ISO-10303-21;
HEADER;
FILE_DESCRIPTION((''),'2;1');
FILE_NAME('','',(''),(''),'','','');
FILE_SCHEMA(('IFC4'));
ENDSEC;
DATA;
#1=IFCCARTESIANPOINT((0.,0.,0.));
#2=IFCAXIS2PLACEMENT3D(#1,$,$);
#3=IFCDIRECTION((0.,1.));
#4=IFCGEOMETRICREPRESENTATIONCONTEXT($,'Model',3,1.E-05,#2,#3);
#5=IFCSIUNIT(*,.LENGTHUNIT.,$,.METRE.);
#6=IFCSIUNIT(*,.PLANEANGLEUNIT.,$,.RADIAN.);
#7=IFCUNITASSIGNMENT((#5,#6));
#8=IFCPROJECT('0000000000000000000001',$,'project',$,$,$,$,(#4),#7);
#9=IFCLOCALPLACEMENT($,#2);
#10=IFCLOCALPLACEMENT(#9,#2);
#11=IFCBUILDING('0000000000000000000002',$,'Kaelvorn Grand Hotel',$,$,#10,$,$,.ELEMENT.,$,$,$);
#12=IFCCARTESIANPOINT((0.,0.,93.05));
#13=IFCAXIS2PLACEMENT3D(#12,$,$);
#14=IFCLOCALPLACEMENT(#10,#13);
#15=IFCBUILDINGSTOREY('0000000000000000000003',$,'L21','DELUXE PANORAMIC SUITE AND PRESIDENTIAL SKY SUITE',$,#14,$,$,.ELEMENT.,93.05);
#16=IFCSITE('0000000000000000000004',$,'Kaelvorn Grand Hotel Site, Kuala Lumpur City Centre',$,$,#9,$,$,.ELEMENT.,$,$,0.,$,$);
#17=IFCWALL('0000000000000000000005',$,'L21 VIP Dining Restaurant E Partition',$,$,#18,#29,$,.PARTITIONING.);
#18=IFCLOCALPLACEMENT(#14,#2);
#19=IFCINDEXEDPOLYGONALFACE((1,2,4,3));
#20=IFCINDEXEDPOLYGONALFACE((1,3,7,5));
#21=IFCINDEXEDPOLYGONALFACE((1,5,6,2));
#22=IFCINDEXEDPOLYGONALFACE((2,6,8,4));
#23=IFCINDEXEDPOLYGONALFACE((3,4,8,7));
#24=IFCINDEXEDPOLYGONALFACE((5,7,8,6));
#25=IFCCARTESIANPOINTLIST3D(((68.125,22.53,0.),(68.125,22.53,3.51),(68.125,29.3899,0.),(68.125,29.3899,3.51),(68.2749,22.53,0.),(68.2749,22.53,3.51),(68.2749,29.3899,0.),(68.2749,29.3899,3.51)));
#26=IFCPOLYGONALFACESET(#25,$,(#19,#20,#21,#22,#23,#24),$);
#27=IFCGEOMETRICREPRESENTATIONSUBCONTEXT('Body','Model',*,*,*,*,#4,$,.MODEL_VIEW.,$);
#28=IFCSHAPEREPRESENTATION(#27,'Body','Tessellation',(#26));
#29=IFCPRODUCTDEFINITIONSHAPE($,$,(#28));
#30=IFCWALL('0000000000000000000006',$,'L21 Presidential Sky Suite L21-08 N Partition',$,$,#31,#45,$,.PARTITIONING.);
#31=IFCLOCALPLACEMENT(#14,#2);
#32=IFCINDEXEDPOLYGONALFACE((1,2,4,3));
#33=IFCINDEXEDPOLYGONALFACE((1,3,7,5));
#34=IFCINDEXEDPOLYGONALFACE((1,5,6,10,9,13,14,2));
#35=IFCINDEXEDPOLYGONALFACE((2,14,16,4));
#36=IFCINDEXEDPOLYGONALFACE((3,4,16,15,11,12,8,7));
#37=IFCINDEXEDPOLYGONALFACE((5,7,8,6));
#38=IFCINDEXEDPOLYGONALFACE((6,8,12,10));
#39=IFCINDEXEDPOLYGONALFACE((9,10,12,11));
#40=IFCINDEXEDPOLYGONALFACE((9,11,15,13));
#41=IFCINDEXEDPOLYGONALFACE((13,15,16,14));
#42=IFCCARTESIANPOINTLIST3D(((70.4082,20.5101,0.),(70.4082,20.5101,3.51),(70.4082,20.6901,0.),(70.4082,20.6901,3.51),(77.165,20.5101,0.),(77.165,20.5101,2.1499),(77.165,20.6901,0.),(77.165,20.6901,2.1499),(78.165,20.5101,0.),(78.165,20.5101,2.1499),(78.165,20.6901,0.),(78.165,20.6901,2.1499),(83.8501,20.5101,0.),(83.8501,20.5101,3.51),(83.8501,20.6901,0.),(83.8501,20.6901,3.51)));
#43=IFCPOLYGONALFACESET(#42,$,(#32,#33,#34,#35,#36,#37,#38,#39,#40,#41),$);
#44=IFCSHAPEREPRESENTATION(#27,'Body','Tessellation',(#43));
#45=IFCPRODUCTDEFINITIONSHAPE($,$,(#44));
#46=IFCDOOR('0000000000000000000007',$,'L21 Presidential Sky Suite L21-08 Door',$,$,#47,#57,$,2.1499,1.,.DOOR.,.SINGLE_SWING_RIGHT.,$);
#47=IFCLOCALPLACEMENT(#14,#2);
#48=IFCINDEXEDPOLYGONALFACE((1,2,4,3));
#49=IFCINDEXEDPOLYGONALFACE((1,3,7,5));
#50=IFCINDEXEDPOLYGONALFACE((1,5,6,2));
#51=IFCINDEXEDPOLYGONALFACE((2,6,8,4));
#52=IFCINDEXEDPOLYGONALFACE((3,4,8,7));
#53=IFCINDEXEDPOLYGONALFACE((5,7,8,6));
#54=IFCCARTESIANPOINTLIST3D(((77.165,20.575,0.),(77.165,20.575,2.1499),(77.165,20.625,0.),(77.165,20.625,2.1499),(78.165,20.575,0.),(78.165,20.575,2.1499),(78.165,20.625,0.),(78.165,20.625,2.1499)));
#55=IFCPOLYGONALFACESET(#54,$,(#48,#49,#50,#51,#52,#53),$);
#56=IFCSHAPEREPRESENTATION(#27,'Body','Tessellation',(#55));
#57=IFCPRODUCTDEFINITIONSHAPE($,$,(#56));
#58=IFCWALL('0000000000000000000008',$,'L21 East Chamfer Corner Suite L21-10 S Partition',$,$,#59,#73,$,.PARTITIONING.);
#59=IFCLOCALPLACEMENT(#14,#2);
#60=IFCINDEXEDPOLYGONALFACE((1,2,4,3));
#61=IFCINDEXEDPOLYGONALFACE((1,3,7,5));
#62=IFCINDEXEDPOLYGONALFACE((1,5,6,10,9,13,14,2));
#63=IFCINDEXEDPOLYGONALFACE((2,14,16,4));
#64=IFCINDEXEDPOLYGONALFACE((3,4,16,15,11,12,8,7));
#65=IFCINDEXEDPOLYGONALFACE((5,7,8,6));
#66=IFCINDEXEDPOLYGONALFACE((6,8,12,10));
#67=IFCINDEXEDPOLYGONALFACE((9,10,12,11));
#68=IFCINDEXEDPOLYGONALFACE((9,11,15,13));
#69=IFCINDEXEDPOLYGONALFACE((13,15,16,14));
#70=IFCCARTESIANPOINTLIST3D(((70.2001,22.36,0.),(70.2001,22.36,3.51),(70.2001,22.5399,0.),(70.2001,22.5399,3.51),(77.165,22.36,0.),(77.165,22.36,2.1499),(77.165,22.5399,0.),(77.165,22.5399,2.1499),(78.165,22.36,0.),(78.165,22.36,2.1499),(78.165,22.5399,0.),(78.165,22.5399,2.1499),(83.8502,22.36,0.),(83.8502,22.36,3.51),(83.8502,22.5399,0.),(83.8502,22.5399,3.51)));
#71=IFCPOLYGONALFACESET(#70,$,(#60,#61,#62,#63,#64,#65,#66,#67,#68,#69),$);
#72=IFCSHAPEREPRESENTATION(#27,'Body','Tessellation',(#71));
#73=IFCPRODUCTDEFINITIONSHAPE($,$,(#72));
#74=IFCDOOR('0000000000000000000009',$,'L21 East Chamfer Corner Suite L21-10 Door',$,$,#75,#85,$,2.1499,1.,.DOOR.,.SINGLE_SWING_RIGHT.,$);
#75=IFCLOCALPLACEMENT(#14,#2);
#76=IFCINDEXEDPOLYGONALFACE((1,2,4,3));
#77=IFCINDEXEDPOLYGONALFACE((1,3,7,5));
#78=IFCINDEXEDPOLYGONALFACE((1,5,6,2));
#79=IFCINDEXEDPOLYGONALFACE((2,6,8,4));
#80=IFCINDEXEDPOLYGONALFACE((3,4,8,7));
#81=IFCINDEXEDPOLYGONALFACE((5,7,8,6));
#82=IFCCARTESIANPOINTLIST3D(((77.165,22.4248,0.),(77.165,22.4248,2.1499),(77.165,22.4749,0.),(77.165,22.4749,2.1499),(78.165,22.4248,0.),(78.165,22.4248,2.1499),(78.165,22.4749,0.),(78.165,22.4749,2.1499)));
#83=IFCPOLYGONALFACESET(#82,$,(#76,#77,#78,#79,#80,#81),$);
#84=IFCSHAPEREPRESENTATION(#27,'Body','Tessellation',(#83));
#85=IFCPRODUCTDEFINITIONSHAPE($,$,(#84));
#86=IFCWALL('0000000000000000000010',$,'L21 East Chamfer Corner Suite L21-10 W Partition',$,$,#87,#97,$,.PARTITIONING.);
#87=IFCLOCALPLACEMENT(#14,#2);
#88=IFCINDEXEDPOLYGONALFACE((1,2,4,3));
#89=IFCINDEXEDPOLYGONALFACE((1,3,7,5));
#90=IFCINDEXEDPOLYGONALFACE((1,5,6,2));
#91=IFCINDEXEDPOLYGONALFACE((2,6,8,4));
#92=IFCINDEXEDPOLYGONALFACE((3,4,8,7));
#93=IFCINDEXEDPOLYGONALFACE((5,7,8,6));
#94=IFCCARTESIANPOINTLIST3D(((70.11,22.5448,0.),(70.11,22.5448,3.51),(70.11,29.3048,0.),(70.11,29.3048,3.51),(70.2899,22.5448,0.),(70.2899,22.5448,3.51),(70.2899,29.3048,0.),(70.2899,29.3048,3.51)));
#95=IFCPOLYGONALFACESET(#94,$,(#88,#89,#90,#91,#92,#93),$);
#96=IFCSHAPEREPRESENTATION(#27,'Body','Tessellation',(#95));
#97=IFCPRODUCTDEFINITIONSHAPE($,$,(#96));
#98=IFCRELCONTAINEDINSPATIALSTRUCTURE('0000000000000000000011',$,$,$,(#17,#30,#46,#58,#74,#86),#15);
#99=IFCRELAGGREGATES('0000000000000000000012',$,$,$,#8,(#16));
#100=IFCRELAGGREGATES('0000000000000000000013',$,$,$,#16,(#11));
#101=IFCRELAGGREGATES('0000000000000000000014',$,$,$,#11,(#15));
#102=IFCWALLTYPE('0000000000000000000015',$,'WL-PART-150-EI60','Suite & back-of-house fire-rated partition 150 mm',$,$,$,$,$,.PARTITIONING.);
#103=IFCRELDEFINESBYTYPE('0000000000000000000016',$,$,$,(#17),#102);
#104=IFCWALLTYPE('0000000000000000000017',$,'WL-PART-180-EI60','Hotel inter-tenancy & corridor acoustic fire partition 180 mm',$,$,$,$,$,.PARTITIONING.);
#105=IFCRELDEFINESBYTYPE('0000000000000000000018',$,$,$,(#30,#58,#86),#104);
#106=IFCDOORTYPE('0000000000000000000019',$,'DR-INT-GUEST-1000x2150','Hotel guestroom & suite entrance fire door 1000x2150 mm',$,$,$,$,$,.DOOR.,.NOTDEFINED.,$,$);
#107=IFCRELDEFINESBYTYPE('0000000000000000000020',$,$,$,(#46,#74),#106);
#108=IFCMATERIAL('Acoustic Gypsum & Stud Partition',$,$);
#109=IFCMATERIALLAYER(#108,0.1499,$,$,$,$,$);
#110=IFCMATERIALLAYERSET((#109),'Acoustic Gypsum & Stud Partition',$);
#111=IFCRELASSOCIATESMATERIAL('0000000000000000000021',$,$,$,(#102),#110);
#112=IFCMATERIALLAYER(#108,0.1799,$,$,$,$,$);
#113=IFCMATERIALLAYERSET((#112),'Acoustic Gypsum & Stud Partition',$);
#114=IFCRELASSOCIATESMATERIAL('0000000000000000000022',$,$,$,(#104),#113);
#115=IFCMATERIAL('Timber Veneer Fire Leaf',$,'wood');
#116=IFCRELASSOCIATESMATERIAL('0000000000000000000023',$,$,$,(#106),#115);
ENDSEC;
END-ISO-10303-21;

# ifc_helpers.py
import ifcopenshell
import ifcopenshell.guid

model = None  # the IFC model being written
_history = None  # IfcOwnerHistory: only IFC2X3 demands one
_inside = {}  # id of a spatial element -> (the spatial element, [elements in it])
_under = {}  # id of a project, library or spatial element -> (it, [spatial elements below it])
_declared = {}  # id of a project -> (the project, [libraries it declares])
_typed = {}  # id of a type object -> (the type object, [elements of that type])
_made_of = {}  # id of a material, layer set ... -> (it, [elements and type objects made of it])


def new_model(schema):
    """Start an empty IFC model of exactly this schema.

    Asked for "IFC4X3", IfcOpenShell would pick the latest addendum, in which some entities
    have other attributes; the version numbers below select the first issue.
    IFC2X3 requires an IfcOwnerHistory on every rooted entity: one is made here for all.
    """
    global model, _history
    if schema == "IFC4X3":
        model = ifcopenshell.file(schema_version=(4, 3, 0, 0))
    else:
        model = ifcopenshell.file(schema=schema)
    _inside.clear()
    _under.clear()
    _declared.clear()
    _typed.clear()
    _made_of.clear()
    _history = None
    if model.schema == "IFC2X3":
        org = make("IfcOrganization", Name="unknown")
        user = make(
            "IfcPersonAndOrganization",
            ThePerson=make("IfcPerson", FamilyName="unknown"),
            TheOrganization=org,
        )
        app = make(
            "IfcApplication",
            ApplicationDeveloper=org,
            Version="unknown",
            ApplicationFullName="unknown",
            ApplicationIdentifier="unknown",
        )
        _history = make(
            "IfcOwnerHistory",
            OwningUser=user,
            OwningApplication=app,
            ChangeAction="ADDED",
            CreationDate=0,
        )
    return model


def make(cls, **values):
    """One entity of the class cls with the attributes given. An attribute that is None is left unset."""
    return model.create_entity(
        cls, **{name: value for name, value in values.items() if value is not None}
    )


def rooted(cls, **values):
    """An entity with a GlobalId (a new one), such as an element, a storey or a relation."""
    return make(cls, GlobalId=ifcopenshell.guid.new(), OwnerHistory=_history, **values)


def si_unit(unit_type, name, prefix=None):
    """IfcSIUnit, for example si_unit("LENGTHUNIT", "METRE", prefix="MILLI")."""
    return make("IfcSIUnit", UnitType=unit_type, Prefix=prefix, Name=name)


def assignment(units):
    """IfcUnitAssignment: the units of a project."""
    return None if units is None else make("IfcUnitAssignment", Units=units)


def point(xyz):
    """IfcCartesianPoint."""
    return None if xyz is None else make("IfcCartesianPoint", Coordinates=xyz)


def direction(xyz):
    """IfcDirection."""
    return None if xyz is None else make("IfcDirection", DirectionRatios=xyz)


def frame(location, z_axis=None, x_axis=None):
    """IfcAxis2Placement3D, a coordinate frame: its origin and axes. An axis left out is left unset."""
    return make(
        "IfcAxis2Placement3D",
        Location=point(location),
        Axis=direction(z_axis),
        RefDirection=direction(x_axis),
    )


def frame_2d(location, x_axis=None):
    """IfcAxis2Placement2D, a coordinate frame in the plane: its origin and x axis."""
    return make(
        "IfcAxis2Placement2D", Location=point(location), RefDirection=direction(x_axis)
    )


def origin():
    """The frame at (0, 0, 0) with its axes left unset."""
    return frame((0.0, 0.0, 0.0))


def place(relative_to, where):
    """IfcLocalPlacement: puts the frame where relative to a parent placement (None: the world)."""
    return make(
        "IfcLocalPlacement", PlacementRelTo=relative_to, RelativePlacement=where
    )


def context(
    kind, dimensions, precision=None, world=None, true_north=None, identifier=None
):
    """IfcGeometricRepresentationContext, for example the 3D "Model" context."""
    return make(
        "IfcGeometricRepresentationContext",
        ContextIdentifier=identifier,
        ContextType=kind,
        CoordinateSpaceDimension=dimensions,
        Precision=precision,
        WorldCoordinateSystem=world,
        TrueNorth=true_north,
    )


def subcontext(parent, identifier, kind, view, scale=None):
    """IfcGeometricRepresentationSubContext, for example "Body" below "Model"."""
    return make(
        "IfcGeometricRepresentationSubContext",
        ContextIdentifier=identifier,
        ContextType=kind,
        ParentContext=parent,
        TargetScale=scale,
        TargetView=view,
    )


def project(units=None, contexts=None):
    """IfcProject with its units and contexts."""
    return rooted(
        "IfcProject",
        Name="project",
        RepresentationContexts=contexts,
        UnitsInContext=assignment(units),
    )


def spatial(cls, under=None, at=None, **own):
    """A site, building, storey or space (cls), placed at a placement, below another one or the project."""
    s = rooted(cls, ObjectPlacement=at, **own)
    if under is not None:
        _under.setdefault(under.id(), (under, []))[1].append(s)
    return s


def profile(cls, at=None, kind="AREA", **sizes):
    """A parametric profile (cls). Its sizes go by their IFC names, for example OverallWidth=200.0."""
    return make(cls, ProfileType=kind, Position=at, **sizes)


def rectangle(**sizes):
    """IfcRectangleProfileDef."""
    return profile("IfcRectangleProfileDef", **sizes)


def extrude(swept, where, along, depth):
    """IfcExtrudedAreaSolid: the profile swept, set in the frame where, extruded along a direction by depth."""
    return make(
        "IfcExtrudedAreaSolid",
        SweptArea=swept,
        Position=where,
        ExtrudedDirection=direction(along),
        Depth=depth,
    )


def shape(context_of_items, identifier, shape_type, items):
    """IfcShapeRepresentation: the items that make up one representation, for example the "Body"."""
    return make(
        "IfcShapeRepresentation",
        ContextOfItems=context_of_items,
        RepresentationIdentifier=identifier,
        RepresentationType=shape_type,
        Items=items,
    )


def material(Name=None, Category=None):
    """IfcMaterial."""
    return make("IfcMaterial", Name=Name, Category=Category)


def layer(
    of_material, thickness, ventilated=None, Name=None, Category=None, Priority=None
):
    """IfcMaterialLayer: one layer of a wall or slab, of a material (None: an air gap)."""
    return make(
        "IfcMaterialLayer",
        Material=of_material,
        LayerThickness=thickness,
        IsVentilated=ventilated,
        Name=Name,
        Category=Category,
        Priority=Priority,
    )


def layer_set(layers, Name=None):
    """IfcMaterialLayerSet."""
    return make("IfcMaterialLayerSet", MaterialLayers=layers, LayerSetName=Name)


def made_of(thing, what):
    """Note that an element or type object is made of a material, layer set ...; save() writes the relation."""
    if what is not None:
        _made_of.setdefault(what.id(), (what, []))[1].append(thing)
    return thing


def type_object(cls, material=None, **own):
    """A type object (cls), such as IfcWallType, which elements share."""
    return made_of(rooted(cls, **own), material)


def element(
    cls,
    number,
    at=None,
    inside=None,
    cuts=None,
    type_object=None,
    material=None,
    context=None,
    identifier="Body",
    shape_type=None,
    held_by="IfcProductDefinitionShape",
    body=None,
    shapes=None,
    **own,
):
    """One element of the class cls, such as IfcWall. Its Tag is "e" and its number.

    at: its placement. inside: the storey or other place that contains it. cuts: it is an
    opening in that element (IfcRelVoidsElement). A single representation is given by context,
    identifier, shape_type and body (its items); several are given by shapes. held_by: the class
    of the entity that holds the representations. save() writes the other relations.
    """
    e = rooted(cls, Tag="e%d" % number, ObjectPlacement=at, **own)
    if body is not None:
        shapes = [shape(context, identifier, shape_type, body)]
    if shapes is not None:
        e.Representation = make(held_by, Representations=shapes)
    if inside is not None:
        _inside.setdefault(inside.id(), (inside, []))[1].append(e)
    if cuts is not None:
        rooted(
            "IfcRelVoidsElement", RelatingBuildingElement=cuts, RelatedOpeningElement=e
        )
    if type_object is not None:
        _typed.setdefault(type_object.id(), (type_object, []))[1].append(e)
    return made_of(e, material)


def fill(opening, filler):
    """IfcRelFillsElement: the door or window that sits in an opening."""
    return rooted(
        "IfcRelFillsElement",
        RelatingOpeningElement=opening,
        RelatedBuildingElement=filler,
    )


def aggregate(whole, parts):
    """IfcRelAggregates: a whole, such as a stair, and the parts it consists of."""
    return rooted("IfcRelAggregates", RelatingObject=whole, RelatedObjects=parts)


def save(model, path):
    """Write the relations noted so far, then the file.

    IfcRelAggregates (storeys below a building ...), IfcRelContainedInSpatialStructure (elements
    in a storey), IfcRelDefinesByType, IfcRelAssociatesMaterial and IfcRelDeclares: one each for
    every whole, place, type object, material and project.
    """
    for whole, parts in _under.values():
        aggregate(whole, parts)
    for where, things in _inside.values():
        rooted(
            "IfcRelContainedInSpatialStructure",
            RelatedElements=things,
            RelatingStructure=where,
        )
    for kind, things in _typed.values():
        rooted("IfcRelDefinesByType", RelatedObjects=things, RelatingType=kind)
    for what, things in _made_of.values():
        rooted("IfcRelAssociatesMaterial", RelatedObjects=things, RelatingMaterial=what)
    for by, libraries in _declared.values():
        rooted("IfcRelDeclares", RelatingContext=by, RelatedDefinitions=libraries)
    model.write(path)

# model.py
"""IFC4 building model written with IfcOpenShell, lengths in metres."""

from ifc_helpers import new_model, si_unit, direction, frame, frame_2d, origin, place, context, subcontext, project, spatial, rectangle, extrude, material, layer, layer_set, type_object, element, fill, save


model = new_model("IFC4")

# Units and contexts
model_context = context("Model", 3, precision=1e-05, world=origin(), true_north=direction((0.0, 1.0)))
body_context = subcontext(model_context, "Body", "Model", "MODEL_VIEW")
ifc_project = project(units=[si_unit("LENGTHUNIT", "METRE"), si_unit("PLANEANGLEUNIT", "RADIAN")], contexts=[model_context])

# Site, building, storey
site_placement = place(None, origin())
site = spatial("IfcSite", under=ifc_project, at=site_placement, Name="Kaelvorn Grand Hotel Site, Kuala Lumpur City Centre", CompositionType="ELEMENT", RefElevation=0.0)
building_placement = place(site_placement, origin())
building = spatial("IfcBuilding", under=site, at=building_placement, Name="Kaelvorn Grand Hotel", CompositionType="ELEMENT")
storey_placement = place(building_placement, frame((0.0, 0.0, 93.05)))
storey = spatial("IfcBuildingStorey", under=building, at=storey_placement, Name="L21", Description="DELUXE PANORAMIC SUITE AND PRESIDENTIAL SKY SUITE", CompositionType="ELEMENT", Elevation=93.05)

# Wall
ifc_material_1 = material(Name="Acoustic Gypsum & Stud Partition")
ifc_layer_1 = layer(ifc_material_1, 0.1499)
ifc_layer_set_1 = layer_set([ifc_layer_1], Name="Acoustic Gypsum & Stud Partition")
wall_type_1 = type_object("IfcWallType", Name="WL-PART-150-EI60", Description="Suite & back-of-house fire-rated partition 150 mm", PredefinedType="PARTITIONING", material=ifc_layer_set_1)
wall_1_placement = place(storey_placement, frame((68.2, 22.53, 0.0), z_axis=(0.0, 0.0, 1.0), x_axis=(0.0, 1.0, 0.0)))
element("IfcWall", 1, at=wall_1_placement, inside=storey, type_object=wall_type_1, Name="L21 VIP Dining Restaurant E Partition", PredefinedType="PARTITIONING", context=body_context, shape_type="SweptSolid", body=[
    extrude(rectangle(XDim=6.8599, YDim=0.1499, at=frame_2d((3.4299, 0.0))), origin(), (0.0, 0.0, 1.0), 3.51),
])

# Walls, openings, doors
ifc_layer_2 = layer(ifc_material_1, 0.1799)
ifc_layer_set_2 = layer_set([ifc_layer_2], Name="Acoustic Gypsum & Stud Partition")
wall_type_2 = type_object("IfcWallType", Name="WL-PART-180-EI60", Description="Hotel inter-tenancy & corridor acoustic fire partition 180 mm", PredefinedType="PARTITIONING", material=ifc_layer_set_2)
wall_2_placement = place(storey_placement, frame((70.4082, 20.6001, 0.0), z_axis=(0.0, 0.0, 1.0), x_axis=(1.0, 0.0, 0.0)))
wall_2 = element("IfcWall", 2, at=wall_2_placement, inside=storey, type_object=wall_type_2, Name="L21 Presidential Sky Suite L21-08 N Partition", PredefinedType="PARTITIONING", context=body_context, shape_type="SweptSolid", body=[
    extrude(rectangle(XDim=13.4419, YDim=0.1799, at=frame_2d((6.7209, 0.0))), origin(), (0.0, 0.0, 1.0), 3.51),
])
opening_1_placement = place(wall_2_placement, frame((6.7568, 0.0, 0.0)))
opening_1 = element("IfcOpeningElement", 3, at=opening_1_placement, cuts=wall_2, PredefinedType="OPENING", context=body_context, shape_type="SweptSolid", body=[
    extrude(rectangle(XDim=1.0, YDim=2.1499, at=frame_2d((0.5, 1.075))), frame((0.0, 0.1001, 0.0), z_axis=(0.0, -1.0, 0.0), x_axis=(1.0, 0.0, 0.0)), (0.0, 0.0, 1.0), 0.2),
])
ifc_material_2 = material(Name="Timber Veneer Fire Leaf", Category="wood")
door_type_1 = type_object("IfcDoorType", Name="DR-INT-GUEST-1000x2150", Description="Hotel guestroom & suite entrance fire door 1000x2150 mm", OperationType="NOTDEFINED", PredefinedType="DOOR", material=ifc_material_2)
door_1_placement = place(opening_1_placement, origin())
door_1 = element("IfcDoor", 4, at=door_1_placement, inside=storey, type_object=door_type_1, Name="L21 Presidential Sky Suite L21-08 Door", OperationType="SINGLE_SWING_RIGHT", OverallHeight=2.1499, OverallWidth=1.0, PredefinedType="DOOR", context=body_context, shape_type="SweptSolid", body=[
    extrude(rectangle(XDim=1.0, YDim=2.1499, at=frame_2d((0.5, 1.075))), frame((0.0, 0.0249, 0.0), z_axis=(0.0, -1.0, 0.0), x_axis=(1.0, 0.0, 0.0)), (0.0, 0.0, 1.0), 0.05),
])
fill(opening_1, door_1)
wall_3_placement = place(storey_placement, frame((70.2, 22.45, 0.0), z_axis=(0.0, 0.0, 1.0), x_axis=(1.0, 0.0, 0.0)))
wall_3 = element("IfcWall", 5, at=wall_3_placement, inside=storey, type_object=wall_type_2, Name="L21 East Chamfer Corner Suite L21-10 S Partition", PredefinedType="PARTITIONING", context=body_context, shape_type="SweptSolid", body=[
    extrude(rectangle(XDim=13.6501, YDim=0.1799, at=frame_2d((6.8252, 0.0))), origin(), (0.0, 0.0, 1.0), 3.51),
])
opening_2_placement = place(wall_3_placement, frame((6.9651, 0.0, 0.0)))
opening_2 = element("IfcOpeningElement", 6, at=opening_2_placement, cuts=wall_3, PredefinedType="OPENING", context=body_context, shape_type="SweptSolid", body=[
    extrude(rectangle(XDim=1.0, YDim=2.1499, at=frame_2d((0.5, 1.075))), frame((0.0, 0.1001, 0.0), z_axis=(0.0, -1.0, 0.0), x_axis=(1.0, 0.0, 0.0)), (0.0, 0.0, 1.0), 0.2),
])
door_2_placement = place(opening_2_placement, origin())
door_2 = element("IfcDoor", 7, at=door_2_placement, inside=storey, type_object=door_type_1, Name="L21 East Chamfer Corner Suite L21-10 Door", OperationType="SINGLE_SWING_RIGHT", OverallHeight=2.1499, OverallWidth=1.0, PredefinedType="DOOR", context=body_context, shape_type="SweptSolid", body=[
    extrude(rectangle(XDim=1.0, YDim=2.1499, at=frame_2d((0.5, 1.075))), frame((0.0, 0.0249, 0.0), z_axis=(0.0, -1.0, 0.0), x_axis=(1.0, 0.0, 0.0)), (0.0, 0.0, 1.0), 0.05),
])
fill(opening_2, door_2)

# Wall
wall_4_placement = place(storey_placement, frame((70.2, 22.5449, 0.0), z_axis=(0.0, 0.0, 1.0), x_axis=(0.0, 1.0, 0.0)))
element("IfcWall", 8, at=wall_4_placement, inside=storey, type_object=wall_type_2, Name="L21 East Chamfer Corner Suite L21-10 W Partition", PredefinedType="PARTITIONING", context=body_context, shape_type="SweptSolid", body=[
    extrude(rectangle(XDim=6.76, YDim=0.1799, at=frame_2d((3.3799, 0.0))), origin(), (0.0, 0.0, 1.0), 3.51),
])

save(model, "model.ifc")
